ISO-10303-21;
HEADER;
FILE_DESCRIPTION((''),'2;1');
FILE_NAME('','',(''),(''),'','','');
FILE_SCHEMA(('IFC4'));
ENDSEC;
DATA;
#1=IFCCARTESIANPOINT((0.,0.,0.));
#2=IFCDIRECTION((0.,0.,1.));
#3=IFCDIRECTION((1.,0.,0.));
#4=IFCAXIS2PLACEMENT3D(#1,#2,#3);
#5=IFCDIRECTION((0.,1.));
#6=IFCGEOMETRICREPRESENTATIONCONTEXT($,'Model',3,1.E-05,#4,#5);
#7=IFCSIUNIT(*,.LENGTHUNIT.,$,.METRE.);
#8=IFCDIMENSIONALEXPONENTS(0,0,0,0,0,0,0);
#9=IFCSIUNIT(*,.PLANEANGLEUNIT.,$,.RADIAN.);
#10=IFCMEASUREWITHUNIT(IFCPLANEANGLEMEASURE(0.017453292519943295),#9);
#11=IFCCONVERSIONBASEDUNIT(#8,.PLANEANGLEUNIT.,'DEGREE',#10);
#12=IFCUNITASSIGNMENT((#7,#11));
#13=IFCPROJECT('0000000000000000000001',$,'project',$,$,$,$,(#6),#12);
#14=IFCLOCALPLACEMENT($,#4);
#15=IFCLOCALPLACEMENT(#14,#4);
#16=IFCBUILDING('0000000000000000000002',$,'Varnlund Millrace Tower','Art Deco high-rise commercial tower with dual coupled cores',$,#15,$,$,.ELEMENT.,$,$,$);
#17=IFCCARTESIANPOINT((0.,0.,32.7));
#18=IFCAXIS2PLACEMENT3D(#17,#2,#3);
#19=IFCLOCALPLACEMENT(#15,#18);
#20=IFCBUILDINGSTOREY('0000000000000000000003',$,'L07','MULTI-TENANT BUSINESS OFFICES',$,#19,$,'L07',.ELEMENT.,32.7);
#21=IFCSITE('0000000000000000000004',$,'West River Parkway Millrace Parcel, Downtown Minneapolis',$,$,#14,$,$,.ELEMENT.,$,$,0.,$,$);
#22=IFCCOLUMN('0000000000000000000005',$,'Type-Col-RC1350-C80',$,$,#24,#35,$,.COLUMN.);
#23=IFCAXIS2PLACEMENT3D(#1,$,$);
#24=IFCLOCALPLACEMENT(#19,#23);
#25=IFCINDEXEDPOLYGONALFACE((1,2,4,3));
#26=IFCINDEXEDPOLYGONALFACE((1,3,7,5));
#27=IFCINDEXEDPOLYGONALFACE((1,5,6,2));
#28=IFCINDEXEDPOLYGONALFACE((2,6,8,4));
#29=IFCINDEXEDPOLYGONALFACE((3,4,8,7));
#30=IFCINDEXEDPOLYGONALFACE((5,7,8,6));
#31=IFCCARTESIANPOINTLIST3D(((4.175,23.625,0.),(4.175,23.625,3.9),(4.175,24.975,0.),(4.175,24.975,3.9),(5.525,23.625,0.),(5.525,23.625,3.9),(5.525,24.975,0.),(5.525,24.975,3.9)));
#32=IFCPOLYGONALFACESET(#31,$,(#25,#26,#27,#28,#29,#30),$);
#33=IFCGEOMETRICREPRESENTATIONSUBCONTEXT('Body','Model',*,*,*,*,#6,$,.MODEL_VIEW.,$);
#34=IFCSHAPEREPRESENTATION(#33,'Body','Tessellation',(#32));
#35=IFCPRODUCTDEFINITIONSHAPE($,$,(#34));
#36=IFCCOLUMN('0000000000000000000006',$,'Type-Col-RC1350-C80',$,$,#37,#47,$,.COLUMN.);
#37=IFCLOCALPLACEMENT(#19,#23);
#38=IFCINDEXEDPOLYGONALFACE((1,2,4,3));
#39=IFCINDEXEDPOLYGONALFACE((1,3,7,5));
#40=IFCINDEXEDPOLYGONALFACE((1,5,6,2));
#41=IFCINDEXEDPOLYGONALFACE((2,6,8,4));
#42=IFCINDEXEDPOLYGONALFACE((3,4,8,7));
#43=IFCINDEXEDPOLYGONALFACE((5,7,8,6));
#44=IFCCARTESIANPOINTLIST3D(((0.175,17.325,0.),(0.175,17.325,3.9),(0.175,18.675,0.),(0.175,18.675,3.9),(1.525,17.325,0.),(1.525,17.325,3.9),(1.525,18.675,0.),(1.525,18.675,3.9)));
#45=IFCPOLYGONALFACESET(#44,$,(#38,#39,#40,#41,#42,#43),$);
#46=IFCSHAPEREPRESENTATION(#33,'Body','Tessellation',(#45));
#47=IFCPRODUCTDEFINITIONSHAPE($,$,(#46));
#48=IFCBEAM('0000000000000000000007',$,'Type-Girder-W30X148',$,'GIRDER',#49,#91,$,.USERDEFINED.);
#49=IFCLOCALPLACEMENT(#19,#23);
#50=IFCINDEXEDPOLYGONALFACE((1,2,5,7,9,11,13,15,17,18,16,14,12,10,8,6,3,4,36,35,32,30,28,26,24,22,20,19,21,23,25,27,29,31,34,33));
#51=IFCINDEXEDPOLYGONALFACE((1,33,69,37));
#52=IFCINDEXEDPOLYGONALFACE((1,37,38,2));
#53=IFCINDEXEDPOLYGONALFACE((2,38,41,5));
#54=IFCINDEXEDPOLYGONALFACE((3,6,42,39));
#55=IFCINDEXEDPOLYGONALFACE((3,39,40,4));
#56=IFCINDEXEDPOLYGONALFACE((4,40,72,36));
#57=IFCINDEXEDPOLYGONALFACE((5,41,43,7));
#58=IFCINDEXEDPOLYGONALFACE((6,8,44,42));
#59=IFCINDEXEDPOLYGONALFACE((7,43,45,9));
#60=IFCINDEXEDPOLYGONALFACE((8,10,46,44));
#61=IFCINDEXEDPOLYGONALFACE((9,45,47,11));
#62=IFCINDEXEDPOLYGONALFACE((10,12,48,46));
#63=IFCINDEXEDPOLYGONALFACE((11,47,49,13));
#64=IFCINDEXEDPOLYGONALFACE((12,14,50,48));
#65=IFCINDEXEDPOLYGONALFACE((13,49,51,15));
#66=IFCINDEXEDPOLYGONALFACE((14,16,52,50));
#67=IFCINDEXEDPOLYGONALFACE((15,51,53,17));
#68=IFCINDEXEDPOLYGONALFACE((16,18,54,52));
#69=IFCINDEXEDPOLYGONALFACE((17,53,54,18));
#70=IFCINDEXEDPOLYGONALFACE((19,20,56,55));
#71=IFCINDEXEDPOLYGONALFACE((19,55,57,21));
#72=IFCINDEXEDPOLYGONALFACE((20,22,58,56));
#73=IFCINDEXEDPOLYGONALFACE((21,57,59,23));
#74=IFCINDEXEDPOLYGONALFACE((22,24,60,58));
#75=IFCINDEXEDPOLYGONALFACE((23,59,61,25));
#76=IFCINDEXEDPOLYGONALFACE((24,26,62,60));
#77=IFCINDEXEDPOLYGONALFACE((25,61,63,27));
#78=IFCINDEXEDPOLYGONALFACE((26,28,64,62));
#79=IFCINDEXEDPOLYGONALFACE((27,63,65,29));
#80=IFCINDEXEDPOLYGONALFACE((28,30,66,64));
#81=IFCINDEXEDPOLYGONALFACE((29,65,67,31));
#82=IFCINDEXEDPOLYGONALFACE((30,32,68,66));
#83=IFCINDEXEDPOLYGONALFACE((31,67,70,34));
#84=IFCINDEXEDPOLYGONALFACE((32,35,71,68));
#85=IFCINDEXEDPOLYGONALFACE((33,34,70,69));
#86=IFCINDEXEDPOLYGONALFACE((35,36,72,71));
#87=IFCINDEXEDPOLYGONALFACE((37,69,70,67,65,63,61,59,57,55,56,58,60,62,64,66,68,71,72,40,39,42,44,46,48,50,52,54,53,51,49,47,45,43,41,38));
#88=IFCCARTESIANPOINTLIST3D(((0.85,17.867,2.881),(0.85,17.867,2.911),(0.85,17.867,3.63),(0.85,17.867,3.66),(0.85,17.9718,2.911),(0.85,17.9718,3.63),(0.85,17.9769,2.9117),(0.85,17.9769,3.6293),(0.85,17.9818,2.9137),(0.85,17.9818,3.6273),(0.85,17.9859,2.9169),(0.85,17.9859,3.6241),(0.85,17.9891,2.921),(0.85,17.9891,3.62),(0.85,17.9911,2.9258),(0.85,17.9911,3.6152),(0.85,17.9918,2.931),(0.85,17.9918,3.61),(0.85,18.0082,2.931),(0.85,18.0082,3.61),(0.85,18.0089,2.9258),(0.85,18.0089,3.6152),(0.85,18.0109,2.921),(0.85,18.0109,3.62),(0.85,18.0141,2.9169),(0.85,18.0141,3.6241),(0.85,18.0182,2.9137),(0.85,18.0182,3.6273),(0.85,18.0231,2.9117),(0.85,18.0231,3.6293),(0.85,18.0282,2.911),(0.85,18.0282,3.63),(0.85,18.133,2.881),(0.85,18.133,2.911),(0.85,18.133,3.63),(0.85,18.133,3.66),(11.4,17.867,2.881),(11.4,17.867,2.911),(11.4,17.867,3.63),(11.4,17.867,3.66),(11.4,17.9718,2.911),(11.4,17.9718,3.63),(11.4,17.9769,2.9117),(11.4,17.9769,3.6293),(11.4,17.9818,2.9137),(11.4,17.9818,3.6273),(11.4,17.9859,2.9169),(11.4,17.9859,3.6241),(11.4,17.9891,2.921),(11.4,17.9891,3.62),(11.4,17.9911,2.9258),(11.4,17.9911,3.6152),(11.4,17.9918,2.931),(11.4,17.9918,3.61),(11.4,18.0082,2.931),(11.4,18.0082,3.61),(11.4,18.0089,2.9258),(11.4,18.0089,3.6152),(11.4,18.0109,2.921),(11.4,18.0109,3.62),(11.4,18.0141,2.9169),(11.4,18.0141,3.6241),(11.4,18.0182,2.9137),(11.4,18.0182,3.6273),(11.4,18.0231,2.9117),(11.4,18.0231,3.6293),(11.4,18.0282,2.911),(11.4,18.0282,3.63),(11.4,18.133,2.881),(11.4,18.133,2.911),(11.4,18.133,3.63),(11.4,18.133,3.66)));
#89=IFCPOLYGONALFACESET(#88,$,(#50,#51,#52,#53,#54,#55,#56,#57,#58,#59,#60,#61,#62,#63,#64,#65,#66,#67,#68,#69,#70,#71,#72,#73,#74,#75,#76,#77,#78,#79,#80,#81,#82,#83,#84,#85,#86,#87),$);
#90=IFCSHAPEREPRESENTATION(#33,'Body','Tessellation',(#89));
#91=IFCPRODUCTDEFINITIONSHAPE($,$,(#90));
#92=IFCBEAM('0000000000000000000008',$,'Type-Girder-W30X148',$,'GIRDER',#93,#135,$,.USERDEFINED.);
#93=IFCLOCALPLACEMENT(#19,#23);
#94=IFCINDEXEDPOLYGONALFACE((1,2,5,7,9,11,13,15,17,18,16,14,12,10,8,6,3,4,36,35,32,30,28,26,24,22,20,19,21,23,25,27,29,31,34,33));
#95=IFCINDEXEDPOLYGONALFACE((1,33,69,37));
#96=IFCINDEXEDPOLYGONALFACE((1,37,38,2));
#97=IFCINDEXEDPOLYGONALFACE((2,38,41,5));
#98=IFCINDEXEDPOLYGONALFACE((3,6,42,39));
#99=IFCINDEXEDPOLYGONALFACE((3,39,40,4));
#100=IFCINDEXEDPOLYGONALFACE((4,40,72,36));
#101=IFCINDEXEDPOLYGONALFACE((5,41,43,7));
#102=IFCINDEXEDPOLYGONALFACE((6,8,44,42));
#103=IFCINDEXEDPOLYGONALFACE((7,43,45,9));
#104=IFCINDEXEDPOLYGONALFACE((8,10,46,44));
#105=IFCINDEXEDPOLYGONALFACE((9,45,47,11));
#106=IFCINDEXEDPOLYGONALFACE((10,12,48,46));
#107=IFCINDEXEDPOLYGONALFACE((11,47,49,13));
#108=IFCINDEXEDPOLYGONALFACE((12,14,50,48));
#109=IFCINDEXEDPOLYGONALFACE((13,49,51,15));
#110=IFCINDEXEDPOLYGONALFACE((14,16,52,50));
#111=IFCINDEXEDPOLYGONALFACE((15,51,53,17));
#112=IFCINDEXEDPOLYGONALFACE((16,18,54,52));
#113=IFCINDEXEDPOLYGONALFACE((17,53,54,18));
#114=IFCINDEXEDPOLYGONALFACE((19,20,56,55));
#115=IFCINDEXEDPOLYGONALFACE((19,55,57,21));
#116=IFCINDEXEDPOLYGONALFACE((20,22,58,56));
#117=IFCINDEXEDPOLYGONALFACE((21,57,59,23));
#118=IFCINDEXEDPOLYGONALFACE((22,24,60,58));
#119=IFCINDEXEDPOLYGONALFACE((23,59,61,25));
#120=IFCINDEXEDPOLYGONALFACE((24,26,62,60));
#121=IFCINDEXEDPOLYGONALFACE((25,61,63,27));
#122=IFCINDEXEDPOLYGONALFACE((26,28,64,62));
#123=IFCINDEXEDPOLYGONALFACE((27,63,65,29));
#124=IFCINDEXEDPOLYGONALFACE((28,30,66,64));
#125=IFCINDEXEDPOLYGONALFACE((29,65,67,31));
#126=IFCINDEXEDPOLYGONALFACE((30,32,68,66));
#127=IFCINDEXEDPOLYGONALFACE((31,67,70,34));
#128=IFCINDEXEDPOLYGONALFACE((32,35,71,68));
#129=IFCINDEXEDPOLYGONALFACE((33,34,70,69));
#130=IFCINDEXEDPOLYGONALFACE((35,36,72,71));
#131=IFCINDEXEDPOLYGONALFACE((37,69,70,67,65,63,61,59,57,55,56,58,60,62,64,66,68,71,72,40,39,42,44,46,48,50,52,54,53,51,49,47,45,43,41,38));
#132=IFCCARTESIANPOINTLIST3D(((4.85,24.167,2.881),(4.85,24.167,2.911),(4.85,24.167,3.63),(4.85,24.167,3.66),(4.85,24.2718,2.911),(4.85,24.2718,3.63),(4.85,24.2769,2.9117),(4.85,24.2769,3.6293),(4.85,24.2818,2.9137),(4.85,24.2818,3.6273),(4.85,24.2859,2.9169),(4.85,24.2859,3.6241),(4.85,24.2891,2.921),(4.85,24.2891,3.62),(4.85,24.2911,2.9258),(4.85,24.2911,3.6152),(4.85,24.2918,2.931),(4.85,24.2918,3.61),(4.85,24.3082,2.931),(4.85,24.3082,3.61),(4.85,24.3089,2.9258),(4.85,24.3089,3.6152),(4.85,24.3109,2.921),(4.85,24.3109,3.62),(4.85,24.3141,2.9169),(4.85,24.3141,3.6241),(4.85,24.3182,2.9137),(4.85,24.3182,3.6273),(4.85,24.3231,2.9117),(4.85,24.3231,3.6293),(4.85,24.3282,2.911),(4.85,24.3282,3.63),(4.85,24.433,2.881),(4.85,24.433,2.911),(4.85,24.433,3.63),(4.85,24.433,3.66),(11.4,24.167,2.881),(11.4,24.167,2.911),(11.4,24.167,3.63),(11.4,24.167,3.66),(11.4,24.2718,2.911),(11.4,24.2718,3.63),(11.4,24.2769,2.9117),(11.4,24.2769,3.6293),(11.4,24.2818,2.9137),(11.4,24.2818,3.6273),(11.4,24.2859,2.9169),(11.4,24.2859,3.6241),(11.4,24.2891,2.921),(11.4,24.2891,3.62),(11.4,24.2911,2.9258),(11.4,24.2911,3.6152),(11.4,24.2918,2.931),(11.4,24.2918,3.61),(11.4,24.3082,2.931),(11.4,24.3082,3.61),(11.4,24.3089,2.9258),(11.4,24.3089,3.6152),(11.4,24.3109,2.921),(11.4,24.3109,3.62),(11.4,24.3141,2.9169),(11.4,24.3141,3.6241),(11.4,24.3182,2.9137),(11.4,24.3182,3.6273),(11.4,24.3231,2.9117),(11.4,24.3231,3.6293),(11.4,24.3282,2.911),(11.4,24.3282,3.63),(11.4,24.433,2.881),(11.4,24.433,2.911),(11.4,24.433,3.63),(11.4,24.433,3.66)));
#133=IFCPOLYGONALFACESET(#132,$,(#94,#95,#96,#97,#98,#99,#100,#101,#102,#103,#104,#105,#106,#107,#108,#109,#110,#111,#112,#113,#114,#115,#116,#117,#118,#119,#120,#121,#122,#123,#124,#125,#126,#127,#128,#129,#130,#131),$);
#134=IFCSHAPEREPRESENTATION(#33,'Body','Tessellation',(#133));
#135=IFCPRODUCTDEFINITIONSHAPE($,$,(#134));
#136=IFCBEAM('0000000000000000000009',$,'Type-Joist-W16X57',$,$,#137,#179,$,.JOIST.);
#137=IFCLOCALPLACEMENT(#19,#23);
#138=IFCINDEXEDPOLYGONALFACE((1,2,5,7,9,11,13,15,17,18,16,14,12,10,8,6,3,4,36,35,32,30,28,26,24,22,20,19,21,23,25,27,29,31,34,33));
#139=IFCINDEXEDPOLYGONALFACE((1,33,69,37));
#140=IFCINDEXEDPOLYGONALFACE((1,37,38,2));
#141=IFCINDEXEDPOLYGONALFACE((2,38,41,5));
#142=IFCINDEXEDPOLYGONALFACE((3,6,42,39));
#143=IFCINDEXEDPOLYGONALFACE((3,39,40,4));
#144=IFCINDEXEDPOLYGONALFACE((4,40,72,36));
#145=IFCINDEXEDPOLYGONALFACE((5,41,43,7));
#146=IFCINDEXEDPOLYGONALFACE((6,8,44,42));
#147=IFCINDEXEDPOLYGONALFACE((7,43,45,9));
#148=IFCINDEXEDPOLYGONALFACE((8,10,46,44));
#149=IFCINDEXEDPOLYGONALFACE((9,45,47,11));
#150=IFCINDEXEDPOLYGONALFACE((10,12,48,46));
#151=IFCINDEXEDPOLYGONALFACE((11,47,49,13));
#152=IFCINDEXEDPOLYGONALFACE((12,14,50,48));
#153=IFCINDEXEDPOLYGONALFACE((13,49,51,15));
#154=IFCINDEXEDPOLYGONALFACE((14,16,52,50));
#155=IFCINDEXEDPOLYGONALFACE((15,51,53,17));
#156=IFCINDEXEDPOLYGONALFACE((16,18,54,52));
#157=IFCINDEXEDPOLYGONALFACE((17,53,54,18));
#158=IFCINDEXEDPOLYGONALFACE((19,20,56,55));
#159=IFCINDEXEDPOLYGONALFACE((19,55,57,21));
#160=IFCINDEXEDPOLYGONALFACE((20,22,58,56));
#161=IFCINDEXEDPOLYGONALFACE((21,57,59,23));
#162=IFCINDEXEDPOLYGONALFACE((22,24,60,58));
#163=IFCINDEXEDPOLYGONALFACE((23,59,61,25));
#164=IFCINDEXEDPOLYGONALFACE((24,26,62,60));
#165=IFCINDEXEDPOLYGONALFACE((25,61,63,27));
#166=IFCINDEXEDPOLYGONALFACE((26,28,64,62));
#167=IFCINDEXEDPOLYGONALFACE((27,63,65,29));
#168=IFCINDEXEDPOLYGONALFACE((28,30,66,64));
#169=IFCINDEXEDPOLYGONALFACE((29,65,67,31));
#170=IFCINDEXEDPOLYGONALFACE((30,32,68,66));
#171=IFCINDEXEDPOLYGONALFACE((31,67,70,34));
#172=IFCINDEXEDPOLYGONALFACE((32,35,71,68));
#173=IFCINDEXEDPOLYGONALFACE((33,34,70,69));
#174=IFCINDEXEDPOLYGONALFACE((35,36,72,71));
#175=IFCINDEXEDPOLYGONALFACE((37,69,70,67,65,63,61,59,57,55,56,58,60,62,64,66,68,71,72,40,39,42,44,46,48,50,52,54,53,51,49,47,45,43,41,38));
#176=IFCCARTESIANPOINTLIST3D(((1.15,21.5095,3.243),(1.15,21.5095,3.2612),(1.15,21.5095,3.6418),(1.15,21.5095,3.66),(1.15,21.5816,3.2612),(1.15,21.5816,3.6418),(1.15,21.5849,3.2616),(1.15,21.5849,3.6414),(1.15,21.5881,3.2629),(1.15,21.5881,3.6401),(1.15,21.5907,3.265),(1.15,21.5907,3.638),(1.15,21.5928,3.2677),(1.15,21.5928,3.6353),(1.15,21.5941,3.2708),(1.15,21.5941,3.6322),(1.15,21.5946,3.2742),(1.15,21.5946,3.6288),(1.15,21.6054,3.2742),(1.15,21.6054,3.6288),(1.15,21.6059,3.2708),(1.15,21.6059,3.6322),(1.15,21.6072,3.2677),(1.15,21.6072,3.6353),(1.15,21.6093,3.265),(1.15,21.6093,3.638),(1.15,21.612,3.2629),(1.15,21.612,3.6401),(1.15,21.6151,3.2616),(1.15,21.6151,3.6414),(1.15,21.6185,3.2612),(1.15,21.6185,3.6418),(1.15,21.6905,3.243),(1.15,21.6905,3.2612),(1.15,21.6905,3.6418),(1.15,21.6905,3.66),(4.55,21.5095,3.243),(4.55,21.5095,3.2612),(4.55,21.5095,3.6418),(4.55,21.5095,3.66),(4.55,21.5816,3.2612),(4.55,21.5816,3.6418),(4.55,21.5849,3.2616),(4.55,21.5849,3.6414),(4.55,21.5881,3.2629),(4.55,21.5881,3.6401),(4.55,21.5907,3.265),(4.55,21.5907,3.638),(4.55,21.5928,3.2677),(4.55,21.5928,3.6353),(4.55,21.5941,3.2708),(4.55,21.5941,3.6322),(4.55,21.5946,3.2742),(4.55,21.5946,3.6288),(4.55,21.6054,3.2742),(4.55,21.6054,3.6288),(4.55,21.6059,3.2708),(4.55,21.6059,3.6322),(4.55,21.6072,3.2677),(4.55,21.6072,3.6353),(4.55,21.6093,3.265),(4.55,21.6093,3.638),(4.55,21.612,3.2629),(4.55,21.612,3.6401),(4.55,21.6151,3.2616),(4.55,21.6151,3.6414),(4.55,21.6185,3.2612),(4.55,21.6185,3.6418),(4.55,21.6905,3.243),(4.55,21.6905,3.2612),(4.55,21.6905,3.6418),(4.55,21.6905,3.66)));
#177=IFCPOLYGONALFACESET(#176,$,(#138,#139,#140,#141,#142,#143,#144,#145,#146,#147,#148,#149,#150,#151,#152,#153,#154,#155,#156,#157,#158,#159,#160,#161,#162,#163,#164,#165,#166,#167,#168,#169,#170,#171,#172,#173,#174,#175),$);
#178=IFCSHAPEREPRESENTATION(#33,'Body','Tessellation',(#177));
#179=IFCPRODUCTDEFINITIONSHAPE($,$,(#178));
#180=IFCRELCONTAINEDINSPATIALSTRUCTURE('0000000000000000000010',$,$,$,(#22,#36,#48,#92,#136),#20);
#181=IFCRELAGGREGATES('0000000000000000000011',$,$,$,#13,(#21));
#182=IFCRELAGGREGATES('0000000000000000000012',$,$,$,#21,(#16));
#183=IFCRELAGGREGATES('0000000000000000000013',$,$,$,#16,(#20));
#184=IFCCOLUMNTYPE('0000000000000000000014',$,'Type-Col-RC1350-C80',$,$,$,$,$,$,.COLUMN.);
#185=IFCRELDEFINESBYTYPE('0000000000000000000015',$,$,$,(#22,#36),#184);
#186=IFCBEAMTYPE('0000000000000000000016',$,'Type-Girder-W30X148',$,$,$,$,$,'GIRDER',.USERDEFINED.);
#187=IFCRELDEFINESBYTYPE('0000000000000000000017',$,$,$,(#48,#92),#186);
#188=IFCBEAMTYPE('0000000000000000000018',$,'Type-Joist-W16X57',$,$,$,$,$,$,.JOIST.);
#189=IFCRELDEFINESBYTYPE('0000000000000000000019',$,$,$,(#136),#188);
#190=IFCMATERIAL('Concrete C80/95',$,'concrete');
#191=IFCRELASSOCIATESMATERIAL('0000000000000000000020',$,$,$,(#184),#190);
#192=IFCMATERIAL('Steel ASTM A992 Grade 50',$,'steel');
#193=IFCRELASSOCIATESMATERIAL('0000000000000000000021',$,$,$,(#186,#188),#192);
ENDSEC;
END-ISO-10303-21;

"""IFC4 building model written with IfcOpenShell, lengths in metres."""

from ifc_helpers import new_model, entity, si_unit, converted_unit, direction, frame, origin_with_axes, origin_2d_with_axis, place, context, subcontext, project, spatial, rectangle, i_section, extrude, material, material_profile, profile_set, type_object, element, save


model = new_model("IFC4")

# Units and contexts
model_context = context("Model", 3, precision=1e-05, world=origin_with_axes(), true_north=direction((0.0, 1.0)))
body_context = subcontext(model_context, "Body", "Model", "MODEL_VIEW")
ifc_project = project(units=[si_unit("LENGTHUNIT", "METRE"), converted_unit("PLANEANGLEUNIT", "DEGREE", entity("IfcPlaneAngleMeasure", 0.017453292519943295), si_unit("PLANEANGLEUNIT", "RADIAN"), dimensions=[0, 0, 0, 0, 0, 0, 0])], contexts=[model_context])

# Site, building, storey
site_placement = place(None, origin_with_axes())
site = spatial("IfcSite", under=ifc_project, at=site_placement, Name="West River Parkway Millrace Parcel, Downtown Minneapolis", CompositionType="ELEMENT", RefElevation=0.0)
building_placement = place(site_placement, origin_with_axes())
building = spatial("IfcBuilding", under=site, at=building_placement, Name="Varnlund Millrace Tower", Description="Art Deco high-rise commercial tower with dual coupled cores", CompositionType="ELEMENT")
storey_placement = place(building_placement, frame((0.0, 0.0, 32.7), z_axis=(0.0, 0.0, 1.0), x_axis=(1.0, 0.0, 0.0)))
storey = spatial("IfcBuildingStorey", under=building, at=storey_placement, Name="L07", Description="MULTI-TENANT BUSINESS OFFICES", LongName="L07", CompositionType="ELEMENT", Elevation=32.7)

# Columns
ifc_material_1 = material(Name="Concrete C80/95", Category="concrete")
ifc_material_profile_1 = material_profile(ifc_material_1, rectangle(XDim=1.35, YDim=1.35, at=origin_2d_with_axis()), Name="Concrete C80/95")
ifc_profile_set_1 = profile_set([ifc_material_profile_1], Name="Concrete C80/95")
column_type = type_object("IfcColumnType", Name="Type-Col-RC1350-C80", PredefinedType="COLUMN", material=ifc_profile_set_1)
for number, where, z_axis, x_axis, name in (
    (1, (4.85, 24.3, 0.0), (0.0, 0.0, 1.0), (1.0, 0.0, 0.0), "Type-Col-RC1350-C80"),
    (2, (0.85, 18.0, 0.0), (0.0, 0.0, 1.0), (1.0, 0.0, 0.0), "Type-Col-RC1350-C80"),
):
    element("IfcColumn", number, at=place(storey_placement, frame(where, z_axis=z_axis, x_axis=x_axis)), inside=storey, type_object=column_type, Name=name, PredefinedType="COLUMN", context=body_context, shape_type="SweptSolid", body=[
        extrude(rectangle(XDim=1.35, YDim=1.35, at=origin_2d_with_axis()), origin_with_axes(), (0.0, 0.0, 1.0), 3.9),
    ])

# Beams
ifc_material_2 = material(Name="Steel ASTM A992 Grade 50", Category="steel")
ifc_material_profile_2 = material_profile(ifc_material_2, i_section(OverallWidth=0.266, OverallDepth=0.779, WebThickness=0.0165, FlangeThickness=0.03, FilletRadius=0.02, at=origin_2d_with_axis()), Name="Steel ASTM A992 Grade 50")
ifc_profile_set_2 = profile_set([ifc_material_profile_2], Name="Steel ASTM A992 Grade 50")
beam_type_1 = type_object("IfcBeamType", Name="Type-Girder-W30X148", ElementType="GIRDER", PredefinedType="USERDEFINED", material=ifc_profile_set_2)
beam_1_placement = place(storey_placement, frame((0.85, 18.0, 3.2705), z_axis=(1.0, 0.0, 0.0), x_axis=(0.0, 1.0, 0.0)))
element("IfcBeam", 3, at=beam_1_placement, inside=storey, type_object=beam_type_1, Name="Type-Girder-W30X148", ObjectType="GIRDER", PredefinedType="USERDEFINED", context=body_context, shape_type="SweptSolid", body=[
    extrude(i_section(OverallWidth=0.266, OverallDepth=0.779, WebThickness=0.0165, FlangeThickness=0.03, FilletRadius=0.02, at=origin_2d_with_axis()), origin_with_axes(), (0.0, 0.0, 1.0), 10.55),
])
beam_2_placement = place(storey_placement, frame((4.85, 24.3, 3.2705), z_axis=(1.0, 0.0, 0.0), x_axis=(0.0, 1.0, 0.0)))
element("IfcBeam", 4, at=beam_2_placement, inside=storey, type_object=beam_type_1, Name="Type-Girder-W30X148", ObjectType="GIRDER", PredefinedType="USERDEFINED", context=body_context, shape_type="SweptSolid", body=[
    extrude(i_section(OverallWidth=0.266, OverallDepth=0.779, WebThickness=0.0165, FlangeThickness=0.03, FilletRadius=0.02, at=origin_2d_with_axis()), origin_with_axes(), (0.0, 0.0, 1.0), 6.55),
])
ifc_material_profile_3 = material_profile(ifc_material_2, i_section(OverallWidth=0.181, OverallDepth=0.417, WebThickness=0.0109, FlangeThickness=0.0182, FilletRadius=0.013, at=origin_2d_with_axis()), Name="Steel ASTM A992 Grade 50")
ifc_profile_set_3 = profile_set([ifc_material_profile_3], Name="Steel ASTM A992 Grade 50")
beam_type_2 = type_object("IfcBeamType", Name="Type-Joist-W16X57", PredefinedType="JOIST", material=ifc_profile_set_3)
for number, where, z_axis, x_axis, name in (
    (5, (1.15, 21.6, 3.4515), (1.0, 0.0, 0.0), (0.0, 1.0, 0.0), "Type-Joist-W16X57"),
):
    element("IfcBeam", number, at=place(storey_placement, frame(where, z_axis=z_axis, x_axis=x_axis)), inside=storey, type_object=beam_type_2, Name=name, PredefinedType="JOIST", context=body_context, shape_type="SweptSolid", body=[
        extrude(i_section(OverallWidth=0.181, OverallDepth=0.417, WebThickness=0.0109, FlangeThickness=0.0182, FilletRadius=0.013, at=origin_2d_with_axis()), origin_with_axes(), (0.0, 0.0, 1.0), 3.4),
    ])

save(model, "model.ifc")
